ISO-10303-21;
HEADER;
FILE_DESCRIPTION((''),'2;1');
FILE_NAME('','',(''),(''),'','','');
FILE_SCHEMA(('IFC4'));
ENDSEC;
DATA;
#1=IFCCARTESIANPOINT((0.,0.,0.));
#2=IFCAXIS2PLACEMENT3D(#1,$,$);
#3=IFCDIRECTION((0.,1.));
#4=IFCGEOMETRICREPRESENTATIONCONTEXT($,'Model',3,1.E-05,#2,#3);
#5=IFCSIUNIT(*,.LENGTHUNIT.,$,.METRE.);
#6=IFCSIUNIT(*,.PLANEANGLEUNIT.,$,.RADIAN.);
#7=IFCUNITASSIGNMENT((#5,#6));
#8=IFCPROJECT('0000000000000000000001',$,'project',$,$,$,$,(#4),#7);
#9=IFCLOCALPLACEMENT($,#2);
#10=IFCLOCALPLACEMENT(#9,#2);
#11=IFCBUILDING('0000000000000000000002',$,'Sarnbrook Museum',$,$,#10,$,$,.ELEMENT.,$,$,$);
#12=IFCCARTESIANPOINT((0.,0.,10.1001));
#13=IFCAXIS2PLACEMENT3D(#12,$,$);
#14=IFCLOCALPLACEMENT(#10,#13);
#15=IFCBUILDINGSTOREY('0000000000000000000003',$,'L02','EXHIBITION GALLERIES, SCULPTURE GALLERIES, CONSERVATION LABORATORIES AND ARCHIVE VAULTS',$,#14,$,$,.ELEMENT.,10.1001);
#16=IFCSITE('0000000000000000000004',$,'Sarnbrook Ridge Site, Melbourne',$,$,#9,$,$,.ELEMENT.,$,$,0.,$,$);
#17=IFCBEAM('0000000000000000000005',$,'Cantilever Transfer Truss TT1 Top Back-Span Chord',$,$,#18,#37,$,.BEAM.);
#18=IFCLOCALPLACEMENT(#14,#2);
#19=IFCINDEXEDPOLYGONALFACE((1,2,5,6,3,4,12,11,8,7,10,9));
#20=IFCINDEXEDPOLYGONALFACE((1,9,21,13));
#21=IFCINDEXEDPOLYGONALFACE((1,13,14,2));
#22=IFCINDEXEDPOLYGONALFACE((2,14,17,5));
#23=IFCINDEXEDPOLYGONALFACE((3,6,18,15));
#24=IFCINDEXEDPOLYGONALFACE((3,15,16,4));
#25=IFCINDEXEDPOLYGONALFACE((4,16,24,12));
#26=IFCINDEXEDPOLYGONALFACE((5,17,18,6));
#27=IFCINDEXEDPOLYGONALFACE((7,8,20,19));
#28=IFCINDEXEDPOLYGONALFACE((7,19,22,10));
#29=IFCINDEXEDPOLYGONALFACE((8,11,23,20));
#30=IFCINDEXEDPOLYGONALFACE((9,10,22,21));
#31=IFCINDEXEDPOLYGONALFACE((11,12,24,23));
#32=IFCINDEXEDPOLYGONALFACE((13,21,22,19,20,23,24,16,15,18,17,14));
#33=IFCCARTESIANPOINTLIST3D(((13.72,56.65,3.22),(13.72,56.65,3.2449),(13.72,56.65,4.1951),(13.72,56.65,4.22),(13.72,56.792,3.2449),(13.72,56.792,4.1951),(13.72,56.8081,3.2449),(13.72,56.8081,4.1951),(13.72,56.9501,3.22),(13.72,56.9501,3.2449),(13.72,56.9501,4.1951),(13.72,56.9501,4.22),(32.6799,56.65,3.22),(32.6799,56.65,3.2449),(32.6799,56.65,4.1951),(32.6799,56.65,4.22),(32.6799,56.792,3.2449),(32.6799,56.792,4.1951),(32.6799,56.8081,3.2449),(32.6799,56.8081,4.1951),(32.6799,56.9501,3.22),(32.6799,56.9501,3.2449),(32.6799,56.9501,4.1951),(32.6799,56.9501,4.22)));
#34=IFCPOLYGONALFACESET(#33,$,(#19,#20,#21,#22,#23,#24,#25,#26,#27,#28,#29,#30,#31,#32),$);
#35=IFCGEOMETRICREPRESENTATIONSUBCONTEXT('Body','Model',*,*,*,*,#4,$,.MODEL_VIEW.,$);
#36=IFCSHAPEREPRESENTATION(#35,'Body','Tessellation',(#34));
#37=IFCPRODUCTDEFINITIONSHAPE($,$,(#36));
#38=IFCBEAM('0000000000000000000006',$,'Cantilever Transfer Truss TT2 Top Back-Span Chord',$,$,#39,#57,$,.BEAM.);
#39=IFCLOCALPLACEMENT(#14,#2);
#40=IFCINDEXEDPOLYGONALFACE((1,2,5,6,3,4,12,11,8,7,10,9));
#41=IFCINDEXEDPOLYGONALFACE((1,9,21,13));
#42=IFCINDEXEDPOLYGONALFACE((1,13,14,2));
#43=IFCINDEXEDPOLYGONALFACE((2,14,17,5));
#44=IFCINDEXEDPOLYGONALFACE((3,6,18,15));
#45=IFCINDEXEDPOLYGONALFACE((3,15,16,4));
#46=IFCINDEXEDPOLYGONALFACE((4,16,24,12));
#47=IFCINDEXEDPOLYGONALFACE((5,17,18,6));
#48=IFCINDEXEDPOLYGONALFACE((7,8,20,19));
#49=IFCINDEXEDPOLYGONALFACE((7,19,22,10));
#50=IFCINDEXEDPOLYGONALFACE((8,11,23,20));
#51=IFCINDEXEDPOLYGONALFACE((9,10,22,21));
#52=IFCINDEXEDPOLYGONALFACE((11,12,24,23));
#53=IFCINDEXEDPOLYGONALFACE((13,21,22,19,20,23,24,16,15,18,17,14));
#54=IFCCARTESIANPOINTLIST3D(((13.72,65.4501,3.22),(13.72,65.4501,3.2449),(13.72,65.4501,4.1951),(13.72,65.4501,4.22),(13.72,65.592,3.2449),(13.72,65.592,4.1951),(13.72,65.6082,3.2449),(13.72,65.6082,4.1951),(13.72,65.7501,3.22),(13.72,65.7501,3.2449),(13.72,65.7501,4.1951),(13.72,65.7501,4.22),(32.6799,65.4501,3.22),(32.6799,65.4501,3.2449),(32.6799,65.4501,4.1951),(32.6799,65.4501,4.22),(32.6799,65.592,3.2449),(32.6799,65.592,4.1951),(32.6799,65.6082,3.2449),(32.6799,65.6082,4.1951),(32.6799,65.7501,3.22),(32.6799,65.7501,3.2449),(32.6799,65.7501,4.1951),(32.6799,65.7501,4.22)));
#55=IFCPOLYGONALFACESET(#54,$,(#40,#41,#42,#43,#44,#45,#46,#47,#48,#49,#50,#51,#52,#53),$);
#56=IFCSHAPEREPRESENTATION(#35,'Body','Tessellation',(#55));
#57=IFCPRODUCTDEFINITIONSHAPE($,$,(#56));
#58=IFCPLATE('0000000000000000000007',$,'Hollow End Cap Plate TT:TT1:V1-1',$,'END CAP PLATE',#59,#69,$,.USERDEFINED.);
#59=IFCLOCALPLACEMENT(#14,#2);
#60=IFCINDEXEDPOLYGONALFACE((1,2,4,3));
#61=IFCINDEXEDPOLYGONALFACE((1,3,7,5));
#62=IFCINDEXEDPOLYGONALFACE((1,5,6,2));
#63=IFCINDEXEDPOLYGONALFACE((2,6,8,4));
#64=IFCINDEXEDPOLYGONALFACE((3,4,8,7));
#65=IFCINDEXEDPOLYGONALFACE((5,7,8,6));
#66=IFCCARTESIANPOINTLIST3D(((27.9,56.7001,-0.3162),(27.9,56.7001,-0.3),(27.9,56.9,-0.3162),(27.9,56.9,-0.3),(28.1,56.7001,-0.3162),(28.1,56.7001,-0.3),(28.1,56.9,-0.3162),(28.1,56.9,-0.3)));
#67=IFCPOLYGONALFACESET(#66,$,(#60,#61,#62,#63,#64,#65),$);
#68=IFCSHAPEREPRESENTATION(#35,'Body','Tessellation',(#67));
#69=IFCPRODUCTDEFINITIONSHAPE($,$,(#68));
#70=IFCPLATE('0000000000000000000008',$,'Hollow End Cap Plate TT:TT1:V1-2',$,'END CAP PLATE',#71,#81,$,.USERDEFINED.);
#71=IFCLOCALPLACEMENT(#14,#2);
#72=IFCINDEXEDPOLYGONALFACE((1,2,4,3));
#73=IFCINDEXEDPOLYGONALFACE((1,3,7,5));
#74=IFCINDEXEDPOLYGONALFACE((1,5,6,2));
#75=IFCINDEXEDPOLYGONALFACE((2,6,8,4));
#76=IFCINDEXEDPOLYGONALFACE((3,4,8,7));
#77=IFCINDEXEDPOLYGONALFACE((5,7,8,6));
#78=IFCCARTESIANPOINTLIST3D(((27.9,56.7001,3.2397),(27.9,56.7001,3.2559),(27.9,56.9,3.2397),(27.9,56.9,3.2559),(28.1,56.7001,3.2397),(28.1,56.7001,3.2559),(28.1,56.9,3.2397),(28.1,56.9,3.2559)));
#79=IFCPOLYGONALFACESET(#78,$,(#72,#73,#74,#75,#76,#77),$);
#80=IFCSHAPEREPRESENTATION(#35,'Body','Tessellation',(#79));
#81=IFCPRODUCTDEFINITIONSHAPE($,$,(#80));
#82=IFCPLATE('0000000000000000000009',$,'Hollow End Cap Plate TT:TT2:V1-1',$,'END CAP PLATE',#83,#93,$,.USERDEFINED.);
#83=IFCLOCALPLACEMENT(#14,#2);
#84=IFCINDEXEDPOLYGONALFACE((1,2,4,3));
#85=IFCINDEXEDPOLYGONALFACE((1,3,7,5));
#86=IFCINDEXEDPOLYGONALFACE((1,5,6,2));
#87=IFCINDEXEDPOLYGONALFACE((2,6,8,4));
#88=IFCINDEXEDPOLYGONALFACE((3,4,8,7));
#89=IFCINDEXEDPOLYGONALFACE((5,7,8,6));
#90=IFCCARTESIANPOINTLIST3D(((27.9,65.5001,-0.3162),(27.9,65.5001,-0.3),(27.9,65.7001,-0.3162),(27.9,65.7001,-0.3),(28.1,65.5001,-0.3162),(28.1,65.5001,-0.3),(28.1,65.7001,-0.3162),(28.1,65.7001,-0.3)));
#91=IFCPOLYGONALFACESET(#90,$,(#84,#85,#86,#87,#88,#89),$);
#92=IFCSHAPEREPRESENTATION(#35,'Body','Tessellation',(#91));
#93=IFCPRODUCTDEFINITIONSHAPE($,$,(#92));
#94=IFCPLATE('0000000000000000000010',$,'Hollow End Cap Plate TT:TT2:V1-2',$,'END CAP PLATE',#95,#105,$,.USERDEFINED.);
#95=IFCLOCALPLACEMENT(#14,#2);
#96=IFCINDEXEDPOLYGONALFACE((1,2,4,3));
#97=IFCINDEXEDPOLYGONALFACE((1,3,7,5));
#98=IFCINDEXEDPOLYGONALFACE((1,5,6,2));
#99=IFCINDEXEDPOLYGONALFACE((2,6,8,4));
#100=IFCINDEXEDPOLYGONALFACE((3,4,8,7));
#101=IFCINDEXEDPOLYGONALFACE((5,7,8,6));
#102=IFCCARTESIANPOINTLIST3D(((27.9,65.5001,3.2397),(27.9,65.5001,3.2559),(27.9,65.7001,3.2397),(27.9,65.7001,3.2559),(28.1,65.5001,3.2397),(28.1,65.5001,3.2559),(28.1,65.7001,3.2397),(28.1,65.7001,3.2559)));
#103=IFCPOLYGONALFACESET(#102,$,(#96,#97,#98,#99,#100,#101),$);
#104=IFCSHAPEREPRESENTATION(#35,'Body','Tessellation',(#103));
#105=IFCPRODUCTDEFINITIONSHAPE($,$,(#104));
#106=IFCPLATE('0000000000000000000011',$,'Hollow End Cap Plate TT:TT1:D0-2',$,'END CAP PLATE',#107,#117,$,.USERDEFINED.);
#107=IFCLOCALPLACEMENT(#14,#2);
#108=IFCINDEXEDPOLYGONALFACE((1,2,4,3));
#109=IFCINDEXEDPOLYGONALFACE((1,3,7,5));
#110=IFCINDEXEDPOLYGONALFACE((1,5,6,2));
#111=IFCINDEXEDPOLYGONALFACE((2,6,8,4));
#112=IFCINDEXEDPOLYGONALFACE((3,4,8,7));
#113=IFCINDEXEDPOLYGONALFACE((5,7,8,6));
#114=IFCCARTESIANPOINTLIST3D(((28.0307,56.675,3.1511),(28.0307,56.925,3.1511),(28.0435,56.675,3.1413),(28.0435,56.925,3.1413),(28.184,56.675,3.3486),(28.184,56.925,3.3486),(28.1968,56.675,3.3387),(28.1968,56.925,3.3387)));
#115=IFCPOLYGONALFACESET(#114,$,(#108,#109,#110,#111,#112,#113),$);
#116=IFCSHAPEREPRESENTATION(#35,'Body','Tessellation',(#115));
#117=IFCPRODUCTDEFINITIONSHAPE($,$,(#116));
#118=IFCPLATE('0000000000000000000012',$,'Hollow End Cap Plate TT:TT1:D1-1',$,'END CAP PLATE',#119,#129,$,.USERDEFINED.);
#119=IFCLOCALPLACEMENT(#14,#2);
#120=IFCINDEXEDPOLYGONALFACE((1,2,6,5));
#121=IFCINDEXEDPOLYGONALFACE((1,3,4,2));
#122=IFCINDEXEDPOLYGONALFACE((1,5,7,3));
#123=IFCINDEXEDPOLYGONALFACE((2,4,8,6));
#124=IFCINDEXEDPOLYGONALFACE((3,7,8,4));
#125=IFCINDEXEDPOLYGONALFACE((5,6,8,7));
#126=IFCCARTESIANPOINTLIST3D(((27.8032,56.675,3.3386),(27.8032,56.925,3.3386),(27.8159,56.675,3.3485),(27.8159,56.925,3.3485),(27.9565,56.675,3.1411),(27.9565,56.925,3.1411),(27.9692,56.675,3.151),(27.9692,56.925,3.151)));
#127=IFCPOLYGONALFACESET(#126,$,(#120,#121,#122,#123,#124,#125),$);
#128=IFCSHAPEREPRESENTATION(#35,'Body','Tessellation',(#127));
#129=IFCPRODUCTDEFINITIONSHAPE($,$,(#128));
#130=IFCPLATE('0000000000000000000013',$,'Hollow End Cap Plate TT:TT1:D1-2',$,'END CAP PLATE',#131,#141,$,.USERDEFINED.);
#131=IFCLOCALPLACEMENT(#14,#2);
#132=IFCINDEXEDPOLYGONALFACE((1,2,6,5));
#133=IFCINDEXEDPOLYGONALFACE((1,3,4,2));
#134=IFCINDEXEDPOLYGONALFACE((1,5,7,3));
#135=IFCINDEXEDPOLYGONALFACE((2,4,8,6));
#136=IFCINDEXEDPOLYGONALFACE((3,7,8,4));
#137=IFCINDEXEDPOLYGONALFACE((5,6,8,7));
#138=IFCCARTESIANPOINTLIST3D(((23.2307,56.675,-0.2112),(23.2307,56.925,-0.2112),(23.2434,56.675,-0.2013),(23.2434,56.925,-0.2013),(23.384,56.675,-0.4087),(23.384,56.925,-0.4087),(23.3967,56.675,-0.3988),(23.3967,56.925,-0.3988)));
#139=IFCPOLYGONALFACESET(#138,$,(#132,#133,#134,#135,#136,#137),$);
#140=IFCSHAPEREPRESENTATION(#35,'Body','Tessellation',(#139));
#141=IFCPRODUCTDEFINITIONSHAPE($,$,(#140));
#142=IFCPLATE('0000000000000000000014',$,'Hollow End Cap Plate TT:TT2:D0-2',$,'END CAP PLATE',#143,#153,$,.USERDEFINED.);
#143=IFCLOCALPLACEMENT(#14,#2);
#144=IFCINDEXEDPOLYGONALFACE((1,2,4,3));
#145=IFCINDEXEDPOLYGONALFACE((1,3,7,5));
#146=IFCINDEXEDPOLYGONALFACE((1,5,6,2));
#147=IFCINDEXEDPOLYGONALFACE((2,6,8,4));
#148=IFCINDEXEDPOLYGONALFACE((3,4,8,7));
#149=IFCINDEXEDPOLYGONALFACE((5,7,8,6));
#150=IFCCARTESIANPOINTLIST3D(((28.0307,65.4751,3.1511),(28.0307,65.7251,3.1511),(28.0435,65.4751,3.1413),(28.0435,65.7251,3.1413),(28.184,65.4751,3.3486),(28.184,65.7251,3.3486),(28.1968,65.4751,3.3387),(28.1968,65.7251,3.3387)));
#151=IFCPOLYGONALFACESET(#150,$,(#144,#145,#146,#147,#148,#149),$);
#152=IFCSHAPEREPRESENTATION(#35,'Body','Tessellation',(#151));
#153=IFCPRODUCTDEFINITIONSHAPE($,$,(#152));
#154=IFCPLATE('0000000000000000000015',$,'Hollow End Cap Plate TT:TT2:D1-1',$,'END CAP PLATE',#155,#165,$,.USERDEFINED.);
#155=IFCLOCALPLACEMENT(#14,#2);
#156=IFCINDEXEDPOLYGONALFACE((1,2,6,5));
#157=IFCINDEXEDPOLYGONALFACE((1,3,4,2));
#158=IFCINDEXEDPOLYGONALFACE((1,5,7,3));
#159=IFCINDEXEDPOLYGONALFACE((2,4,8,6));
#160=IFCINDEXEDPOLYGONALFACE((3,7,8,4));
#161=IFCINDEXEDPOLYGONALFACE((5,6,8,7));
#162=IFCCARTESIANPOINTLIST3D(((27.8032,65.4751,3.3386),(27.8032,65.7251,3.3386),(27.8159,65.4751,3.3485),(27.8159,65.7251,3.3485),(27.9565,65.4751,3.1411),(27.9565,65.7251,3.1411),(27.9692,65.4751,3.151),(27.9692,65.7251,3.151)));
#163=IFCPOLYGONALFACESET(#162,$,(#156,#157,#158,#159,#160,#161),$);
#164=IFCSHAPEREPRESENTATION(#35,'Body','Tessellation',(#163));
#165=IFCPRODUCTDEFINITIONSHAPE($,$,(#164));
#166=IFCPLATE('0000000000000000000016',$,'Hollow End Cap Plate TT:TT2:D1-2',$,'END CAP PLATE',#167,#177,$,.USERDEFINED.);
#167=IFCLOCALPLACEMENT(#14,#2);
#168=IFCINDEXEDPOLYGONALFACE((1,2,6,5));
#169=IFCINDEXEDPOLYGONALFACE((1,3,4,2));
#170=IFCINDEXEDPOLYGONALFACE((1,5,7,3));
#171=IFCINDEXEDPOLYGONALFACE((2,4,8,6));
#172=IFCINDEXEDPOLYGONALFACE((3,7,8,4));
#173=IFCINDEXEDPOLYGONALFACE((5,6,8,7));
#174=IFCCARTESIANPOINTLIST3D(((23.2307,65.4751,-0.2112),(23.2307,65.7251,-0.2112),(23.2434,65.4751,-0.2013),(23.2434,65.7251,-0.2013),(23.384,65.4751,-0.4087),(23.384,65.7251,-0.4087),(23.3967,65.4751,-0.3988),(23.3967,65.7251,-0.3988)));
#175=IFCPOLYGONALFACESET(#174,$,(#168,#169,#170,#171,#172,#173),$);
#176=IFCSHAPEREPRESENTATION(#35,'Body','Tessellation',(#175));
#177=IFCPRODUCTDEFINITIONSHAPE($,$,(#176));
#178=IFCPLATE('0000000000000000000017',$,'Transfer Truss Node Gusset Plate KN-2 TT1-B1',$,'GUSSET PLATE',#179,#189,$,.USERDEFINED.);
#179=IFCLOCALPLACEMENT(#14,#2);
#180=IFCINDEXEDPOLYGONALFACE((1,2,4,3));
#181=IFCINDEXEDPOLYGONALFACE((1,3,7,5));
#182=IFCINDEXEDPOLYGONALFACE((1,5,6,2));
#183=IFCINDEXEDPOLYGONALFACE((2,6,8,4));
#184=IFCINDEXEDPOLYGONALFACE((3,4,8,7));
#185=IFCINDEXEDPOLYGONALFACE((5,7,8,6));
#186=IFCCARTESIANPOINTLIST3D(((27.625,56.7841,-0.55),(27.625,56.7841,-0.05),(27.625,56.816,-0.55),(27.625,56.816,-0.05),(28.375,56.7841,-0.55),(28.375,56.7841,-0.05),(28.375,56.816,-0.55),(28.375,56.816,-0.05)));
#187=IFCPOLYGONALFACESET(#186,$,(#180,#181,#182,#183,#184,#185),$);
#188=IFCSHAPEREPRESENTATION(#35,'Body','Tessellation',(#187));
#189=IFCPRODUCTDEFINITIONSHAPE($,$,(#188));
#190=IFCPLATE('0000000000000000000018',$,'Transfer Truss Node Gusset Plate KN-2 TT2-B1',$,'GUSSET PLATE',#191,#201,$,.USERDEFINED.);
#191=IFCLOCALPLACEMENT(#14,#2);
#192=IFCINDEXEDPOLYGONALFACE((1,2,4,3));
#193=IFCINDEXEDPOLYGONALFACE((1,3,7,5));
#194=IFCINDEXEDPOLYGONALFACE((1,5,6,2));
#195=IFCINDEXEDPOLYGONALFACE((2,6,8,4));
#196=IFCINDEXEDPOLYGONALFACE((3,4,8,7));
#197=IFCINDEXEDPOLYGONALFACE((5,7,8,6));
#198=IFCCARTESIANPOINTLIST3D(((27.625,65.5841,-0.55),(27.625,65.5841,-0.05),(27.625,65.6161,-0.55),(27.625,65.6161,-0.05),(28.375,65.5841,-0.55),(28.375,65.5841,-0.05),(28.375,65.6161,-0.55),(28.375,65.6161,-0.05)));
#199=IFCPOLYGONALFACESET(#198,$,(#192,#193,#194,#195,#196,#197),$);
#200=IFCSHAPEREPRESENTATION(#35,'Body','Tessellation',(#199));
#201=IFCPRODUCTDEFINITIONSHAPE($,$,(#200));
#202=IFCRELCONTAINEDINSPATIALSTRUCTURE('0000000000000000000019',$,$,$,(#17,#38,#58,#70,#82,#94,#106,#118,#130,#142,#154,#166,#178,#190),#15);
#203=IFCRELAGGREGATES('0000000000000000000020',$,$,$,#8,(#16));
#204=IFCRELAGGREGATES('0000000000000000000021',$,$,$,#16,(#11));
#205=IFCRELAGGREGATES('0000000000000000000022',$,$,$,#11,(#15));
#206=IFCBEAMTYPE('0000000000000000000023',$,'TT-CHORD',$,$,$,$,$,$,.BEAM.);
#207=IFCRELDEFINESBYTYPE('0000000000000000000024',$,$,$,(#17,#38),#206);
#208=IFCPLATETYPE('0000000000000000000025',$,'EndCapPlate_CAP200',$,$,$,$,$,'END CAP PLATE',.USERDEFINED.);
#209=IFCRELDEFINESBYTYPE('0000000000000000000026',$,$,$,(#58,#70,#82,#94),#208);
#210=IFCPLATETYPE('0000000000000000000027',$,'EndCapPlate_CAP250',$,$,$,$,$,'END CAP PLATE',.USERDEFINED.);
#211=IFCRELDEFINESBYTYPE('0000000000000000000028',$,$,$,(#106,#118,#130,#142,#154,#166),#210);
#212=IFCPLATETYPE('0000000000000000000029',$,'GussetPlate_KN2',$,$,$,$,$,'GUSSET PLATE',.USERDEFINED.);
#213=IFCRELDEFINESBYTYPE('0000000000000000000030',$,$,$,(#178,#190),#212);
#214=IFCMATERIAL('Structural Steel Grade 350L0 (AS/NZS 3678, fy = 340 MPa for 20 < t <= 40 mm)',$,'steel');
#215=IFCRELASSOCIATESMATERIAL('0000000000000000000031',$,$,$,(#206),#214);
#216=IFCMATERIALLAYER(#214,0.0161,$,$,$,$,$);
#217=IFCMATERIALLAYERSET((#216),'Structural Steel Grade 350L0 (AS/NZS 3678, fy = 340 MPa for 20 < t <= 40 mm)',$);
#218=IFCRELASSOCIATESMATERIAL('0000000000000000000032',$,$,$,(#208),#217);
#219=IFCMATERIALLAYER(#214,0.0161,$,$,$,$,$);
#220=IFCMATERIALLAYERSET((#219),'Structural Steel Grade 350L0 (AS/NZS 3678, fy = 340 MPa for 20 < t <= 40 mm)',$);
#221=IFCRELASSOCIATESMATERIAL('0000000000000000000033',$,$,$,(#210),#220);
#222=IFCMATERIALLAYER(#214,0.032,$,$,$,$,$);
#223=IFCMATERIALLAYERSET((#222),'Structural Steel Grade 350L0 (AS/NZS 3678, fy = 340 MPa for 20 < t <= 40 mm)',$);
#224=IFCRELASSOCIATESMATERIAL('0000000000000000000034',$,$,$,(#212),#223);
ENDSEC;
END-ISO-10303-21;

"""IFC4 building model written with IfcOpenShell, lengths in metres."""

from ifc_helpers import new_model, si_unit, direction, frame, origin, origin_2d, place, context, subcontext, project, spatial, rectangle, i_section, extrude, material, layer, layer_set, material_profile, profile_set, type_object, element, save


model = new_model("IFC4")

# Units and contexts
model_context = context("Model", 3, precision=1e-05, world=origin(), true_north=direction((0.0, 1.0)))
body_context = subcontext(model_context, "Body", "Model", "MODEL_VIEW")
ifc_project = project(units=[si_unit("LENGTHUNIT", "METRE"), si_unit("PLANEANGLEUNIT", "RADIAN")], contexts=[model_context])

# Site, building, storey
site_placement = place(None, origin())
site = spatial("IfcSite", under=ifc_project, at=site_placement, Name="Sarnbrook Ridge Site, Melbourne", CompositionType="ELEMENT", RefElevation=0.0)
building_placement = place(site_placement, origin())
building = spatial("IfcBuilding", under=site, at=building_placement, Name="Sarnbrook Museum", CompositionType="ELEMENT")
storey_placement = place(building_placement, frame((0.0, 0.0, 10.1001)))
storey = spatial("IfcBuildingStorey", under=building, at=storey_placement, Name="L02", Description="EXHIBITION GALLERIES, SCULPTURE GALLERIES, CONSERVATION LABORATORIES AND ARCHIVE VAULTS", CompositionType="ELEMENT", Elevation=10.1001)

# Beams
ifc_material_1 = material(Name="Structural Steel Grade 350L0 (AS/NZS 3678, fy = 340 MPa for 20 < t <= 40 mm)", Category="steel")
ifc_material_profile_1 = material_profile(ifc_material_1, i_section(OverallWidth=0.3, OverallDepth=1.0, WebThickness=0.0161, FlangeThickness=0.0249, at=origin_2d()), Name="1000WB215")
ifc_profile_set_1 = profile_set([ifc_material_profile_1], Name="Structural Steel Grade 350L0 (AS/NZS 3678, fy = 340 MPa for 20 < t <= 40 mm)")
beam_type_1 = type_object("IfcBeamType", Name="TT-CHORD", PredefinedType="BEAM", material=ifc_profile_set_1)
for number, where, z_axis, x_axis, name in (
    (1, (32.6799, 56.8, 3.72), (-1.0, 0.0, 0.0), (0.0, -1.0, 0.0), "Cantilever Transfer Truss TT1 Top Back-Span Chord"),
    (2, (32.6799, 65.6001, 3.72), (-1.0, 0.0, 0.0), (0.0, -1.0, 0.0), "Cantilever Transfer Truss TT2 Top Back-Span Chord"),
):
    element("IfcBeam", number, at=place(storey_placement, frame(where, z_axis=z_axis, x_axis=x_axis)), inside=storey, type_object=beam_type_1, Name=name, PredefinedType="BEAM", context=body_context, shape_type="SweptSolid", body=[
        extrude(i_section(OverallWidth=0.3, OverallDepth=1.0, WebThickness=0.0161, FlangeThickness=0.0249, at=origin_2d()), origin(), (0.0, 0.0, 1.0), 18.96),
    ])

# Plates
ifc_layer_1 = layer(ifc_material_1, 0.0161)
ifc_layer_set_1 = layer_set([ifc_layer_1], Name="Structural Steel Grade 350L0 (AS/NZS 3678, fy = 340 MPa for 20 < t <= 40 mm)")
plate_type_1 = type_object("IfcPlateType", Name="EndCapPlate_CAP200", ElementType="END CAP PLATE", PredefinedType="USERDEFINED", material=ifc_layer_set_1)
for number, where, z_axis, x_axis, name in (
    (3, (28.0, 56.8, -0.3162), (0.0, 0.0, 1.0), (1.0, 0.0, 0.0), "Hollow End Cap Plate TT:TT1:V1-1"),
    (4, (28.0, 56.8, 3.2397), (0.0, 0.0, 1.0), (1.0, 0.0, 0.0), "Hollow End Cap Plate TT:TT1:V1-2"),
    (5, (28.0, 65.6001, -0.3162), (0.0, 0.0, 1.0), (1.0, 0.0, 0.0), "Hollow End Cap Plate TT:TT2:V1-1"),
    (6, (28.0, 65.6001, 3.2397), (0.0, 0.0, 1.0), (1.0, 0.0, 0.0), "Hollow End Cap Plate TT:TT2:V1-2"),
):
    element("IfcPlate", number, at=place(storey_placement, frame(where, z_axis=z_axis, x_axis=x_axis)), inside=storey, type_object=plate_type_1, Name=name, ObjectType="END CAP PLATE", PredefinedType="USERDEFINED", context=body_context, shape_type="SweptSolid", body=[
        extrude(rectangle(XDim=0.2, YDim=0.2, at=origin_2d()), origin(), (0.0, 0.0, 1.0), 0.0161),
    ])
ifc_layer_2 = layer(ifc_material_1, 0.0161)
ifc_layer_set_2 = layer_set([ifc_layer_2], Name="Structural Steel Grade 350L0 (AS/NZS 3678, fy = 340 MPa for 20 < t <= 40 mm)")
plate_type_2 = type_object("IfcPlateType", Name="EndCapPlate_CAP250", ElementType="END CAP PLATE", PredefinedType="USERDEFINED", material=ifc_layer_set_2)
for number, where, z_axis, x_axis, name in (
    (7, (28.1201, 56.8, 3.24), (-0.789912, 0.0, 0.613221), (0.0, -1.0, 0.0), "Hollow End Cap Plate TT:TT1:D0-2"),
    (8, (27.8926, 56.8, 3.2498), (-0.789912, 0.0, -0.613221), (0.0, -1.0, 0.0), "Hollow End Cap Plate TT:TT1:D1-1"),
    (9, (23.3201, 56.8, -0.3), (-0.789912, 0.0, -0.613221), (0.0, -1.0, 0.0), "Hollow End Cap Plate TT:TT1:D1-2"),
    (10, (28.1201, 65.6001, 3.24), (-0.789912, 0.0, 0.613221), (0.0, -1.0, 0.0), "Hollow End Cap Plate TT:TT2:D0-2"),
    (11, (27.8926, 65.6001, 3.2498), (-0.789912, 0.0, -0.613221), (0.0, -1.0, 0.0), "Hollow End Cap Plate TT:TT2:D1-1"),
    (12, (23.3201, 65.6001, -0.3), (-0.789912, 0.0, -0.613221), (0.0, -1.0, 0.0), "Hollow End Cap Plate TT:TT2:D1-2"),
):
    element("IfcPlate", number, at=place(storey_placement, frame(where, z_axis=z_axis, x_axis=x_axis)), inside=storey, type_object=plate_type_2, Name=name, ObjectType="END CAP PLATE", PredefinedType="USERDEFINED", context=body_context, shape_type="SweptSolid", body=[
        extrude(rectangle(XDim=0.25, YDim=0.25, at=origin_2d()), origin(), (0.0, 0.0, 1.0), 0.0161),
    ])
ifc_layer_3 = layer(ifc_material_1, 0.032)
ifc_layer_set_3 = layer_set([ifc_layer_3], Name="Structural Steel Grade 350L0 (AS/NZS 3678, fy = 340 MPa for 20 < t <= 40 mm)")
plate_type_3 = type_object("IfcPlateType", Name="GussetPlate_KN2", ElementType="GUSSET PLATE", PredefinedType="USERDEFINED", material=ifc_layer_set_3)
for number, where, z_axis, x_axis, name in (
    (13, (28.0, 56.8, -0.55), (0.0, 0.0, 1.0), (1.0, 0.0, 0.0), "Transfer Truss Node Gusset Plate KN-2 TT1-B1"),
    (14, (28.0, 65.6001, -0.55), (0.0, 0.0, 1.0), (1.0, 0.0, 0.0), "Transfer Truss Node Gusset Plate KN-2 TT2-B1"),
):
    element("IfcPlate", number, at=place(storey_placement, frame(where, z_axis=z_axis, x_axis=x_axis)), inside=storey, type_object=plate_type_3, Name=name, ObjectType="GUSSET PLATE", PredefinedType="USERDEFINED", context=body_context, shape_type="SweptSolid", body=[
        extrude(rectangle(XDim=0.75, YDim=0.032, at=origin_2d()), origin(), (0.0, 0.0, 1.0), 0.5),
    ])

save(model, "model.ifc")
